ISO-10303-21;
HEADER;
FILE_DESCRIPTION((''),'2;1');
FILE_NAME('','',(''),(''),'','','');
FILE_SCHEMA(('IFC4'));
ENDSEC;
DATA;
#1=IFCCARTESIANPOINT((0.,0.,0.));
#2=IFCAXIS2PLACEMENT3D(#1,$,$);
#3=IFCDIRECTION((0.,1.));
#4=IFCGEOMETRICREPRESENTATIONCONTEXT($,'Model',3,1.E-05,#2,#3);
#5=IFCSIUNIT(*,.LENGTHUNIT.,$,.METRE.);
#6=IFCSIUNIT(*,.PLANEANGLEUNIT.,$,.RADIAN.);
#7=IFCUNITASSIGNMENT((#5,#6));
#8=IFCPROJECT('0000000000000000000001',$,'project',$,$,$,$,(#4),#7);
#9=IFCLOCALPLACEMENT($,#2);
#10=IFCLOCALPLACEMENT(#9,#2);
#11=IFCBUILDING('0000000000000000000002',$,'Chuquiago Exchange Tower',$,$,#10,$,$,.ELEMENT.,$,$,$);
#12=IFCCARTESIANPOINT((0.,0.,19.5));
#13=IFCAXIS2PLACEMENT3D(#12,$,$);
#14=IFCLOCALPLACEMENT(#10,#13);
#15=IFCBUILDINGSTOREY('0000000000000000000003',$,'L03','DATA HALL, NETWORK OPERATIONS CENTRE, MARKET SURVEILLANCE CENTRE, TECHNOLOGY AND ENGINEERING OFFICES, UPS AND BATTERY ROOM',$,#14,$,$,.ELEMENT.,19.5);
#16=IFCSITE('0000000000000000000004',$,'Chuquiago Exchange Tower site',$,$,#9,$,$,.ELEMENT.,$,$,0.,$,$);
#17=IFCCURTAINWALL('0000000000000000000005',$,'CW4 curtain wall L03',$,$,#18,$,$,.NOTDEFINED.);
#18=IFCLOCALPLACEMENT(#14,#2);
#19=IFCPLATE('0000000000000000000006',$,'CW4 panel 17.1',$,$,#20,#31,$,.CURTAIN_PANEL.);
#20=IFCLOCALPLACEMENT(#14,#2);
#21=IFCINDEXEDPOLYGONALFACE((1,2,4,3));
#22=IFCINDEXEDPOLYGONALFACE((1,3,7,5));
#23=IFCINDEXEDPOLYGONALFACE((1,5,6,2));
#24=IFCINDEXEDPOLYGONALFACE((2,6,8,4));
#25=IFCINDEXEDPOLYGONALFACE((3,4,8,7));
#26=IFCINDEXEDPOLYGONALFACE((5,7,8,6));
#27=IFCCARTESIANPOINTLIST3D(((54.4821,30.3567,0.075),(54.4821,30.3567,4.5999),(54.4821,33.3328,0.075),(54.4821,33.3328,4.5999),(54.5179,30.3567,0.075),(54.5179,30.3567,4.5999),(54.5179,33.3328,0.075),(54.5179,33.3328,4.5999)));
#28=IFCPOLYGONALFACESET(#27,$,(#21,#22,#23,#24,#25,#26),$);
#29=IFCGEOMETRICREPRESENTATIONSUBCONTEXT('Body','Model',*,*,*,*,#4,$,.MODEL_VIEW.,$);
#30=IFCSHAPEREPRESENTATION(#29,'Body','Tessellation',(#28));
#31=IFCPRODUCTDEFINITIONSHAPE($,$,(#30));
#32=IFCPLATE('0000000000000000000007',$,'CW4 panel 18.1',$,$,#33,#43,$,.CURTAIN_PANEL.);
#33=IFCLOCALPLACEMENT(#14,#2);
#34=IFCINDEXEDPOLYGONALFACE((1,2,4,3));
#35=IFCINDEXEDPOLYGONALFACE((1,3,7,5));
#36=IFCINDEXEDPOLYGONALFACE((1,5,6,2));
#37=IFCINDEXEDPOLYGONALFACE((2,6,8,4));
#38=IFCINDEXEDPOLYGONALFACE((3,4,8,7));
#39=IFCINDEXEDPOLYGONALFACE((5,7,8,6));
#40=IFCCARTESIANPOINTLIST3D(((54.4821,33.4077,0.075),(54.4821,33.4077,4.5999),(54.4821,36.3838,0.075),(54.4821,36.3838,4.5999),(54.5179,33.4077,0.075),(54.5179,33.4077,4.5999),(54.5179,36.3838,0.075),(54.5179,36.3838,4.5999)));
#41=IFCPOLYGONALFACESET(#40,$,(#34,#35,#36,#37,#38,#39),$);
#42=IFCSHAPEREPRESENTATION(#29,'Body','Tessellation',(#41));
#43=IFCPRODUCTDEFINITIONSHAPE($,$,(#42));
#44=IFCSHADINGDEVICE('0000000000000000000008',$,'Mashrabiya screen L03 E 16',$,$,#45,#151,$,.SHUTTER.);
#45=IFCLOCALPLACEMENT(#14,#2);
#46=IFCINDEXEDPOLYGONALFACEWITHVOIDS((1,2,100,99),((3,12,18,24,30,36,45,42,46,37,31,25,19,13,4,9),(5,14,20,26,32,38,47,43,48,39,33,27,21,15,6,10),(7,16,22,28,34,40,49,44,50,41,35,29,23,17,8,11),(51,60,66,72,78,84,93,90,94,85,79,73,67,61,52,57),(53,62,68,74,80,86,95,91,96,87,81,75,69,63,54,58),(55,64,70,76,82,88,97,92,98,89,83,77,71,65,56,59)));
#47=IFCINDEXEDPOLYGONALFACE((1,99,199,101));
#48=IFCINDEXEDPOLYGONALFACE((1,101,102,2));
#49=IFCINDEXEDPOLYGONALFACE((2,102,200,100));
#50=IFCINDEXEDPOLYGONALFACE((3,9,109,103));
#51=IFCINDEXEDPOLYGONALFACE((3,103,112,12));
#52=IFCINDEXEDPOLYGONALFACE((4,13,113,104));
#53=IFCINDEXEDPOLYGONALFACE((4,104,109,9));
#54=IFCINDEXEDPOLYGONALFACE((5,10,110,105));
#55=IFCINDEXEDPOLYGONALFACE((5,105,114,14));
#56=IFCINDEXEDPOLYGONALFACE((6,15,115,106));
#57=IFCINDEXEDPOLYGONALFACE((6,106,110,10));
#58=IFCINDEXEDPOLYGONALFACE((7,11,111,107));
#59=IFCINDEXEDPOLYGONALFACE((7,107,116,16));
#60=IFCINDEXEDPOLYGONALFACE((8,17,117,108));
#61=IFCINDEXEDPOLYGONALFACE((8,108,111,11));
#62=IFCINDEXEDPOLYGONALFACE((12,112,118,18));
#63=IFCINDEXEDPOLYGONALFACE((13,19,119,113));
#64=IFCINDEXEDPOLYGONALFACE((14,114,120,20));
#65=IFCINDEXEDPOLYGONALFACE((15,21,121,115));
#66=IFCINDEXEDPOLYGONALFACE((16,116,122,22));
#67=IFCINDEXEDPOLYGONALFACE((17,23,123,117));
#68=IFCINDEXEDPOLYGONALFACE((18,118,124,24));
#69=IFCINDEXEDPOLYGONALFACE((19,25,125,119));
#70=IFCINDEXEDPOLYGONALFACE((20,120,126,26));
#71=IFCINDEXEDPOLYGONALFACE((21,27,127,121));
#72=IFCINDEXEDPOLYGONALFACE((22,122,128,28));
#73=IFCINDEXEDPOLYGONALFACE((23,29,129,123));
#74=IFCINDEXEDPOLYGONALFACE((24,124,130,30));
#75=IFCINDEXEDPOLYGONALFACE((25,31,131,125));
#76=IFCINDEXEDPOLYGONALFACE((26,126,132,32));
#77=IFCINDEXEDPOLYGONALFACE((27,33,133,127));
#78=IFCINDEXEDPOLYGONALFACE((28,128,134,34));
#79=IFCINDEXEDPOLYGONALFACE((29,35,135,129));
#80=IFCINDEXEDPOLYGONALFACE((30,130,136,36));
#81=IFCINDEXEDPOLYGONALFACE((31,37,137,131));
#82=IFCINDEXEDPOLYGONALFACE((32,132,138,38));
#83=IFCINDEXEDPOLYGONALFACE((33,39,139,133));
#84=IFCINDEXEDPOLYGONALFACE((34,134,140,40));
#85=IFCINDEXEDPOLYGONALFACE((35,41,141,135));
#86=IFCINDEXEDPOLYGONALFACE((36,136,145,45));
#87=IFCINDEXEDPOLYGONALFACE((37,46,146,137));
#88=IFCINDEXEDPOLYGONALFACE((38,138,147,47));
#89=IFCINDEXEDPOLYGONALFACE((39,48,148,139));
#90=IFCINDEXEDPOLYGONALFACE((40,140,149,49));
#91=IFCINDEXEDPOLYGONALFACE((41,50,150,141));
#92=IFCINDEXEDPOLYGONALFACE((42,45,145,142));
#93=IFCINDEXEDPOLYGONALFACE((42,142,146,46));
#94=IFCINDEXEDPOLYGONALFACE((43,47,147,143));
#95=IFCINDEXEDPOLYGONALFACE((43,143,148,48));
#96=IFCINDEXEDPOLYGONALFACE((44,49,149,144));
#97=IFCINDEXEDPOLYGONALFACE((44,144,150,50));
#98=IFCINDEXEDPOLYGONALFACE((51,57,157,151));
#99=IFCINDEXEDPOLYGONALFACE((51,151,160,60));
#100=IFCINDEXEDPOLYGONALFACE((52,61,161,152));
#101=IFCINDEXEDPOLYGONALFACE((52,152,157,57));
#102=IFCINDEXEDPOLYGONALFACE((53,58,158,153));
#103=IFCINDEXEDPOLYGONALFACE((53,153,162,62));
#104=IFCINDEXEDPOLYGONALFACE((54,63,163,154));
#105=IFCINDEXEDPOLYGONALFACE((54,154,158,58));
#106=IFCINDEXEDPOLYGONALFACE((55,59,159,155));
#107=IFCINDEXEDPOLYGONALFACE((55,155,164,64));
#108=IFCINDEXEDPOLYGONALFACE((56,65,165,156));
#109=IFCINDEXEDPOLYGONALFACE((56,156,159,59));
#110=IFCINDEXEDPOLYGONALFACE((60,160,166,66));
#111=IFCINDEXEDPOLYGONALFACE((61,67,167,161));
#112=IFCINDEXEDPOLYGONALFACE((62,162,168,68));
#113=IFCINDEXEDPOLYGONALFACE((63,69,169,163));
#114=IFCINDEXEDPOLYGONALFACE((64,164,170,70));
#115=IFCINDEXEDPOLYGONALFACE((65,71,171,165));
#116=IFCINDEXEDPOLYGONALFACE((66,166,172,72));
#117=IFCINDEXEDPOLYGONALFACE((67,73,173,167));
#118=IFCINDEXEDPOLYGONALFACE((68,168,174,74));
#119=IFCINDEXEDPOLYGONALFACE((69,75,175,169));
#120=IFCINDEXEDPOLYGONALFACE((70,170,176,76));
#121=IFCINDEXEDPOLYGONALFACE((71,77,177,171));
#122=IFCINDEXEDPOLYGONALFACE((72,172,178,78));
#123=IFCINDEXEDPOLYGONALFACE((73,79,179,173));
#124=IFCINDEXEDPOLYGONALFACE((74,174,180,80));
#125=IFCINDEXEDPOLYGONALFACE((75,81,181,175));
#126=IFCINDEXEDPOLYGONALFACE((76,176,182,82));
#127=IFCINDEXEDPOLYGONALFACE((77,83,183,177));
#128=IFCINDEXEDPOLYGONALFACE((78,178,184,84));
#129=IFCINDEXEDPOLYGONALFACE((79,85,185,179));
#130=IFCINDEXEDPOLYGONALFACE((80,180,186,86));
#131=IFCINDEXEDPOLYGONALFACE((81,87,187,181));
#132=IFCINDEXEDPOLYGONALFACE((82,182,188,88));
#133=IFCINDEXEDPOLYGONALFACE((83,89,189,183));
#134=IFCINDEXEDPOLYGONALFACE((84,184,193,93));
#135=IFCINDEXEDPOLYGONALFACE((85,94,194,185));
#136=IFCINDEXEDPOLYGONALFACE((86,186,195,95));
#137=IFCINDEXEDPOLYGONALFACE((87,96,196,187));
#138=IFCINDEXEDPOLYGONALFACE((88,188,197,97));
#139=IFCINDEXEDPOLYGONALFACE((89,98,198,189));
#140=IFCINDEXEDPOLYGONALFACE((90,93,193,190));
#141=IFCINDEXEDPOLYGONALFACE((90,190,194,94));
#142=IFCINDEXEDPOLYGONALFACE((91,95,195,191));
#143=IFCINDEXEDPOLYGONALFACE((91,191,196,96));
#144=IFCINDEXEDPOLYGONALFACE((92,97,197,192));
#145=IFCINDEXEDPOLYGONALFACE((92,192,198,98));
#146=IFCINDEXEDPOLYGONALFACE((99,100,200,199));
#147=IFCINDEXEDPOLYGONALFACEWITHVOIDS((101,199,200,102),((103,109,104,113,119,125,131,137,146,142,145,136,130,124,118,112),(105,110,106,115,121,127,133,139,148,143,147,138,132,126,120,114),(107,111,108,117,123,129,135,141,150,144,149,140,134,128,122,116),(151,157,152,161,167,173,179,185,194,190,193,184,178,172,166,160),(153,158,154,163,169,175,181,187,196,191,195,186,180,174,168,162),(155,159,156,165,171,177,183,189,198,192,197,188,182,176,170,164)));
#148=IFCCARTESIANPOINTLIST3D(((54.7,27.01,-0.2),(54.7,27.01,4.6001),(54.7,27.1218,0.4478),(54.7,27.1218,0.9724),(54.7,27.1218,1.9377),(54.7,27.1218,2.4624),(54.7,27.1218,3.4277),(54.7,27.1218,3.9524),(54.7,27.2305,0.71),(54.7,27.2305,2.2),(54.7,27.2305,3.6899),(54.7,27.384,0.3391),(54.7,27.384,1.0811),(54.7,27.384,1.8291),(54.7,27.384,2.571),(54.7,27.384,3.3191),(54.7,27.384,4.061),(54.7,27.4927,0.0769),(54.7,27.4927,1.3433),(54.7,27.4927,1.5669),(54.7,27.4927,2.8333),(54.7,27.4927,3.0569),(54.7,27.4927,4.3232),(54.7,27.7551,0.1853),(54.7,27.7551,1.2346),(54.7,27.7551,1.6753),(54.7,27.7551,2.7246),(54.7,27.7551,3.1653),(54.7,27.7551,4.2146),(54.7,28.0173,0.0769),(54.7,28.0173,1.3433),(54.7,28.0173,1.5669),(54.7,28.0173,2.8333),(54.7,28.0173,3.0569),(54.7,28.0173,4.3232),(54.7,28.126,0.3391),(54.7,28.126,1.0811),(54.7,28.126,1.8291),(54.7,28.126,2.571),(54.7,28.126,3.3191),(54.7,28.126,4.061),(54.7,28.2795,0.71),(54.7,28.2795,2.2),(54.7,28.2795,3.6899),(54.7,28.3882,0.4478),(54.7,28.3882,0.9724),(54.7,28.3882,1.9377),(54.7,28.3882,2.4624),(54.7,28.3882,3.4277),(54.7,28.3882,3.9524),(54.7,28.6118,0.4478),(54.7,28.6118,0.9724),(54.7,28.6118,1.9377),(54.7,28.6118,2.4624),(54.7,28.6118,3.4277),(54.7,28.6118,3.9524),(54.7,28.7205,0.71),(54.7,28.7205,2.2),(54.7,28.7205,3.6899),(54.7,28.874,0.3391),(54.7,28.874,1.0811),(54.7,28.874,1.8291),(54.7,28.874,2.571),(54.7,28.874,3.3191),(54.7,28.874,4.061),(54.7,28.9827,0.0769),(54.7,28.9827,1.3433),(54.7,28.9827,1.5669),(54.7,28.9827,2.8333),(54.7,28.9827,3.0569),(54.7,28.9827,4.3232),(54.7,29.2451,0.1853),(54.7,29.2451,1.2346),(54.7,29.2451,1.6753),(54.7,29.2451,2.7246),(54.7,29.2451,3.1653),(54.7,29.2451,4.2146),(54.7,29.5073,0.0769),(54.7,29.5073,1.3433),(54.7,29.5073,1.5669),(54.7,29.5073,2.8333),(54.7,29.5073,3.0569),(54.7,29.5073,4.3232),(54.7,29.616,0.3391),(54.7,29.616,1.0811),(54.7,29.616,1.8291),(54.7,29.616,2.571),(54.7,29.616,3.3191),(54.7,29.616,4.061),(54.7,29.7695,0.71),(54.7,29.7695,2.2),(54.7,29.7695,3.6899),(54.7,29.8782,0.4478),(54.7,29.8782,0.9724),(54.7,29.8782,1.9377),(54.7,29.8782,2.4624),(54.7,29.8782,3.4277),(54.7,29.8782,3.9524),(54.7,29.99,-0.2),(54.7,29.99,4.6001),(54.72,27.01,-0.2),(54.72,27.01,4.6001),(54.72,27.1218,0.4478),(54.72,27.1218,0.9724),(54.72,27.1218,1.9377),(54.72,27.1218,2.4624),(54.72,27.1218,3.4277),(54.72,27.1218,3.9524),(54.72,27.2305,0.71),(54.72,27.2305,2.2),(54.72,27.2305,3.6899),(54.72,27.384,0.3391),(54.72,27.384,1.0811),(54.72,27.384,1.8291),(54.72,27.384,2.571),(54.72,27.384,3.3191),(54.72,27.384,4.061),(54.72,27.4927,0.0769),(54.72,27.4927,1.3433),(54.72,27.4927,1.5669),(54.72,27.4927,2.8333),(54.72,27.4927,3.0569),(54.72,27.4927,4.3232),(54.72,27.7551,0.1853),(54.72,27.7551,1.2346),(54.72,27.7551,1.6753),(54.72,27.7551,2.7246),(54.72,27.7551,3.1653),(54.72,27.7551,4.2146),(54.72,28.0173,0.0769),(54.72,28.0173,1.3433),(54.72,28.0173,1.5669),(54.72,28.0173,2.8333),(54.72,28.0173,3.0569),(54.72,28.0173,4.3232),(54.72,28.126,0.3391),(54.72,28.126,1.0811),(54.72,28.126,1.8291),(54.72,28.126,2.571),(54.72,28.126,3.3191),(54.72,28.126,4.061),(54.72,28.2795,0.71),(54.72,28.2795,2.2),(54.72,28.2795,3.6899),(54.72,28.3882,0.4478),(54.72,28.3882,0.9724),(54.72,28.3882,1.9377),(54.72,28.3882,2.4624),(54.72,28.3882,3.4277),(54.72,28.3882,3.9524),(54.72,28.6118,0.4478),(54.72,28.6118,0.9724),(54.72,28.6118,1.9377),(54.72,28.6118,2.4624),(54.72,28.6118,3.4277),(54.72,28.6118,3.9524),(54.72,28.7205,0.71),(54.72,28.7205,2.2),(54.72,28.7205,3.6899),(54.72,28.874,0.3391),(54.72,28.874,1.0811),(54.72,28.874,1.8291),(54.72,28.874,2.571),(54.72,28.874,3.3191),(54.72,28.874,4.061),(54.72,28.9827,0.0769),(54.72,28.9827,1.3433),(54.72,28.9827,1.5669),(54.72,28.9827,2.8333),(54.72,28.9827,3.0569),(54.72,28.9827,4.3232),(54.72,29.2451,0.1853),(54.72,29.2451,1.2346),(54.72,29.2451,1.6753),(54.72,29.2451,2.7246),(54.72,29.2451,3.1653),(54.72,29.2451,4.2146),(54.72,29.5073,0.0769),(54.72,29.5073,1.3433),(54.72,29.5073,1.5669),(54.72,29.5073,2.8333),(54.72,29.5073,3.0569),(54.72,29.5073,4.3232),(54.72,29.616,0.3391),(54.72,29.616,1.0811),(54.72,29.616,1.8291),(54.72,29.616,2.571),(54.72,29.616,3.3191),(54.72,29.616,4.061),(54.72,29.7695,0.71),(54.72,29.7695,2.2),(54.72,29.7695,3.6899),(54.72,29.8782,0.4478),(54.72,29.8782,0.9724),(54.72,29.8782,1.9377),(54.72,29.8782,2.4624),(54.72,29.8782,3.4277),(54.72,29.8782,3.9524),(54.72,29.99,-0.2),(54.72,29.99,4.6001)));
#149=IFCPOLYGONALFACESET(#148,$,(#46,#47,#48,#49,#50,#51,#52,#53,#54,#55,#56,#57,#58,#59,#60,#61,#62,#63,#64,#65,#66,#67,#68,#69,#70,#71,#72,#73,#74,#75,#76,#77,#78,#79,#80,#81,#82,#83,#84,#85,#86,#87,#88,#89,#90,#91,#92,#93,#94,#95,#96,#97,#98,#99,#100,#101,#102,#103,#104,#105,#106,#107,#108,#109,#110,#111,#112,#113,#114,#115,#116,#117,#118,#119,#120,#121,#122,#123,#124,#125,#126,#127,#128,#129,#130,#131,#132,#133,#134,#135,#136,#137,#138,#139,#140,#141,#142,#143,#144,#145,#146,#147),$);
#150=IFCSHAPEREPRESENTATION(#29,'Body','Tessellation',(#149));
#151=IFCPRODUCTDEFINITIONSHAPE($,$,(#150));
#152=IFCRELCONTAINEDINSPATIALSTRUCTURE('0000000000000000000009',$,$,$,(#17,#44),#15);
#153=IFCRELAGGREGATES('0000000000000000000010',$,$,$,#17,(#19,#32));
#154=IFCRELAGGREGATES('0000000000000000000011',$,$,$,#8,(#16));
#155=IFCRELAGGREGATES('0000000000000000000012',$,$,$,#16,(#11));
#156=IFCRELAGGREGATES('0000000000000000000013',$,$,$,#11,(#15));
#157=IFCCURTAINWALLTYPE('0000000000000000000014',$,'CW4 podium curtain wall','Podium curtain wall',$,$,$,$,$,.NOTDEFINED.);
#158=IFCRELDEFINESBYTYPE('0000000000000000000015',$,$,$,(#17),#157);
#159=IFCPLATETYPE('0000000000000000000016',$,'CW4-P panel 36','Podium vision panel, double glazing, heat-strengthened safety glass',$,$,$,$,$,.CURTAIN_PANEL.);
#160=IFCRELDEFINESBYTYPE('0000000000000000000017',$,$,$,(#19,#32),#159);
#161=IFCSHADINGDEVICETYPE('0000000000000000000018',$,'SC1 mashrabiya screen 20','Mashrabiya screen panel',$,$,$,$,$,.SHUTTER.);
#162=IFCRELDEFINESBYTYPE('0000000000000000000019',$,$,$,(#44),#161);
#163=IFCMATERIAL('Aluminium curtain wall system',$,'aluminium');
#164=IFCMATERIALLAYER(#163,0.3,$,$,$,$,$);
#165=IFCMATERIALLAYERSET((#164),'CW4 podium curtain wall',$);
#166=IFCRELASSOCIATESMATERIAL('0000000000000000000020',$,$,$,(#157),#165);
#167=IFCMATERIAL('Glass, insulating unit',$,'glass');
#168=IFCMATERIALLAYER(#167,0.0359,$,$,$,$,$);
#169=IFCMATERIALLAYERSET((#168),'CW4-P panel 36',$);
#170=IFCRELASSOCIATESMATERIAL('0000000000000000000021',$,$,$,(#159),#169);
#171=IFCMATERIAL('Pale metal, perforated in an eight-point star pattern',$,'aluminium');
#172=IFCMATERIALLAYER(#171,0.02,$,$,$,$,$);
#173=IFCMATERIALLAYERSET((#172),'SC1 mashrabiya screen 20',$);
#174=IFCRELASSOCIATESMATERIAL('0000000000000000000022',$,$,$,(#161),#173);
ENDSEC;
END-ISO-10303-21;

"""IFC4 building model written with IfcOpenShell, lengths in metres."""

from ifc_helpers import new_model, si_unit, direction, frame, origin, origin_2d, place, context, subcontext, project, spatial, polyline, rectangle, outline, extrude, material, layer, layer_set, type_object, element, aggregate, save


model = new_model("IFC4")

# Units and contexts
model_context = context("Model", 3, precision=1e-05, world=origin(), true_north=direction((0.0, 1.0)))
body_context = subcontext(model_context, "Body", "Model", "MODEL_VIEW")
ifc_project = project(units=[si_unit("LENGTHUNIT", "METRE"), si_unit("PLANEANGLEUNIT", "RADIAN")], contexts=[model_context])

# Site, building, storey
site_placement = place(None, origin())
site = spatial("IfcSite", under=ifc_project, at=site_placement, Name="Chuquiago Exchange Tower site", CompositionType="ELEMENT", RefElevation=0.0)
building_placement = place(site_placement, origin())
building = spatial("IfcBuilding", under=site, at=building_placement, Name="Chuquiago Exchange Tower", CompositionType="ELEMENT")
storey_placement = place(building_placement, frame((0.0, 0.0, 19.5)))
storey = spatial("IfcBuildingStorey", under=building, at=storey_placement, Name="L03", Description="DATA HALL, NETWORK OPERATIONS CENTRE, MARKET SURVEILLANCE CENTRE, TECHNOLOGY AND ENGINEERING OFFICES, UPS AND BATTERY ROOM", CompositionType="ELEMENT", Elevation=19.5)

# Curtain wall
ifc_material_1 = material(Name="Aluminium curtain wall system", Category="aluminium")
ifc_layer_1 = layer(ifc_material_1, 0.3)
ifc_layer_set_1 = layer_set([ifc_layer_1], Name="CW4 podium curtain wall")
curtain_wall_type = type_object("IfcCurtainWallType", Name="CW4 podium curtain wall", Description="Podium curtain wall", PredefinedType="NOTDEFINED", material=ifc_layer_set_1)
curtain_wall_placement = place(storey_placement, origin())
curtain_wall = element("IfcCurtainWall", 1, at=curtain_wall_placement, inside=storey, type_object=curtain_wall_type, Name="CW4 curtain wall L03", PredefinedType="NOTDEFINED")

# Plates
ifc_material_2 = material(Name="Glass, insulating unit", Category="glass")
ifc_layer_2 = layer(ifc_material_2, 0.0359)
ifc_layer_set_2 = layer_set([ifc_layer_2], Name="CW4-P panel 36")
plate_type = type_object("IfcPlateType", Name="CW4-P panel 36", Description="Podium vision panel, double glazing, heat-strengthened safety glass", PredefinedType="CURTAIN_PANEL", material=ifc_layer_set_2)
plate_1_placement = place(storey_placement, frame((54.5, 31.8447, 0.075), z_axis=(0.0, 0.0, 1.0), x_axis=(0.0, 1.0, 0.0)))
plate_1 = element("IfcPlate", 2, at=plate_1_placement, type_object=plate_type, Name="CW4 panel 17.1", PredefinedType="CURTAIN_PANEL", context=body_context, shape_type="SweptSolid", body=[
    extrude(rectangle(XDim=2.9761, YDim=0.0359, at=origin_2d()), origin(), (0.0, 0.0, 1.0), 4.5249),
])
plate_2_placement = place(storey_placement, frame((54.5, 34.8958, 0.075), z_axis=(0.0, 0.0, 1.0), x_axis=(0.0, 1.0, 0.0)))
plate_2 = element("IfcPlate", 3, at=plate_2_placement, type_object=plate_type, Name="CW4 panel 18.1", PredefinedType="CURTAIN_PANEL", context=body_context, shape_type="SweptSolid", body=[
    extrude(rectangle(XDim=2.9761, YDim=0.0359, at=origin_2d()), origin(), (0.0, 0.0, 1.0), 4.5249),
])
aggregate(curtain_wall, [plate_1, plate_2])

# Shading device
ifc_material_3 = material(Name="Pale metal, perforated in an eight-point star pattern", Category="aluminium")
ifc_layer_3 = layer(ifc_material_3, 0.02)
ifc_layer_set_3 = layer_set([ifc_layer_3], Name="SC1 mashrabiya screen 20")
shading_device_type = type_object("IfcShadingDeviceType", Name="SC1 mashrabiya screen 20", Description="Mashrabiya screen panel", PredefinedType="SHUTTER", material=ifc_layer_set_3)
shading_device_1_placement = place(storey_placement, frame((54.7, 27.01, -0.2), z_axis=(0.0, 0.0, 1.0), x_axis=(0.0, 1.0, 0.0)))
element("IfcShadingDevice", 4, at=shading_device_1_placement, inside=storey, type_object=shading_device_type, Name="Mashrabiya screen L03 E 16", PredefinedType="SHUTTER", context=body_context, shape_type="SweptSolid", body=[
    extrude(outline(polyline([(0.0, 0.0), (2.98, 0.0), (2.98, 4.8), (0.0, 4.8), (0.0, 0.0)]), holes=[polyline([(1.2695, 0.9099), (1.3782, 1.1724), (1.116, 1.281), (1.0073, 1.5432), (0.7451, 1.4346), (0.4827, 1.5432), (0.374, 1.281), (0.1118, 1.1724), (0.2205, 0.9099), (0.1118, 0.6477), (0.374, 0.5391), (0.4827, 0.2769), (0.7451, 0.3853), (1.0073, 0.2769), (1.116, 0.5391), (1.3782, 0.6477), (1.2695, 0.9099)]), polyline([(2.7595, 0.9099), (2.8682, 1.1724), (2.606, 1.281), (2.4973, 1.5432), (2.2351, 1.4346), (1.9727, 1.5432), (1.864, 1.281), (1.6018, 1.1724), (1.7104, 0.9099), (1.6018, 0.6477), (1.864, 0.5391), (1.9727, 0.2769), (2.2351, 0.3853), (2.4973, 0.2769), (2.606, 0.5391), (2.8682, 0.6477), (2.7595, 0.9099)]), polyline([(1.2695, 2.3999), (1.3782, 2.6624), (1.116, 2.771), (1.0073, 3.0332), (0.7451, 2.9246), (0.4827, 3.0332), (0.374, 2.771), (0.1118, 2.6624), (0.2205, 2.3999), (0.1118, 2.1377), (0.374, 2.0291), (0.4827, 1.7668), (0.7451, 1.8752), (1.0073, 1.7668), (1.116, 2.0291), (1.3782, 2.1377), (1.2695, 2.3999)]), polyline([(2.7595, 2.3999), (2.8682, 2.6624), (2.606, 2.771), (2.4973, 3.0332), (2.2351, 2.9246), (1.9727, 3.0332), (1.864, 2.771), (1.6018, 2.6624), (1.7104, 2.3999), (1.6018, 2.1377), (1.864, 2.0291), (1.9727, 1.7668), (2.2351, 1.8752), (2.4973, 1.7668), (2.606, 2.0291), (2.8682, 2.1377), (2.7595, 2.3999)]), polyline([(1.2695, 3.8899), (1.3782, 4.1523), (1.116, 4.261), (1.0073, 4.5232), (0.7451, 4.4146), (0.4827, 4.5232), (0.374, 4.261), (0.1118, 4.1523), (0.2205, 3.8899), (0.1118, 3.6277), (0.374, 3.519), (0.4827, 3.2568), (0.7451, 3.3652), (1.0073, 3.2568), (1.116, 3.519), (1.3782, 3.6277), (1.2695, 3.8899)]), polyline([(2.7595, 3.8899), (2.8682, 4.1523), (2.606, 4.261), (2.4973, 4.5232), (2.2351, 4.4146), (1.9727, 4.5232), (1.864, 4.261), (1.6018, 4.1523), (1.7104, 3.8899), (1.6018, 3.6277), (1.864, 3.519), (1.9727, 3.2568), (2.2351, 3.3652), (2.4973, 3.2568), (2.606, 3.519), (2.8682, 3.6277), (2.7595, 3.8899)])]), frame((0.0, 0.0, 0.0), z_axis=(0.0, -1.0, 0.0), x_axis=(1.0, 0.0, 0.0)), (0.0, 0.0, 1.0), 0.02),
])

save(model, "model.ifc")
